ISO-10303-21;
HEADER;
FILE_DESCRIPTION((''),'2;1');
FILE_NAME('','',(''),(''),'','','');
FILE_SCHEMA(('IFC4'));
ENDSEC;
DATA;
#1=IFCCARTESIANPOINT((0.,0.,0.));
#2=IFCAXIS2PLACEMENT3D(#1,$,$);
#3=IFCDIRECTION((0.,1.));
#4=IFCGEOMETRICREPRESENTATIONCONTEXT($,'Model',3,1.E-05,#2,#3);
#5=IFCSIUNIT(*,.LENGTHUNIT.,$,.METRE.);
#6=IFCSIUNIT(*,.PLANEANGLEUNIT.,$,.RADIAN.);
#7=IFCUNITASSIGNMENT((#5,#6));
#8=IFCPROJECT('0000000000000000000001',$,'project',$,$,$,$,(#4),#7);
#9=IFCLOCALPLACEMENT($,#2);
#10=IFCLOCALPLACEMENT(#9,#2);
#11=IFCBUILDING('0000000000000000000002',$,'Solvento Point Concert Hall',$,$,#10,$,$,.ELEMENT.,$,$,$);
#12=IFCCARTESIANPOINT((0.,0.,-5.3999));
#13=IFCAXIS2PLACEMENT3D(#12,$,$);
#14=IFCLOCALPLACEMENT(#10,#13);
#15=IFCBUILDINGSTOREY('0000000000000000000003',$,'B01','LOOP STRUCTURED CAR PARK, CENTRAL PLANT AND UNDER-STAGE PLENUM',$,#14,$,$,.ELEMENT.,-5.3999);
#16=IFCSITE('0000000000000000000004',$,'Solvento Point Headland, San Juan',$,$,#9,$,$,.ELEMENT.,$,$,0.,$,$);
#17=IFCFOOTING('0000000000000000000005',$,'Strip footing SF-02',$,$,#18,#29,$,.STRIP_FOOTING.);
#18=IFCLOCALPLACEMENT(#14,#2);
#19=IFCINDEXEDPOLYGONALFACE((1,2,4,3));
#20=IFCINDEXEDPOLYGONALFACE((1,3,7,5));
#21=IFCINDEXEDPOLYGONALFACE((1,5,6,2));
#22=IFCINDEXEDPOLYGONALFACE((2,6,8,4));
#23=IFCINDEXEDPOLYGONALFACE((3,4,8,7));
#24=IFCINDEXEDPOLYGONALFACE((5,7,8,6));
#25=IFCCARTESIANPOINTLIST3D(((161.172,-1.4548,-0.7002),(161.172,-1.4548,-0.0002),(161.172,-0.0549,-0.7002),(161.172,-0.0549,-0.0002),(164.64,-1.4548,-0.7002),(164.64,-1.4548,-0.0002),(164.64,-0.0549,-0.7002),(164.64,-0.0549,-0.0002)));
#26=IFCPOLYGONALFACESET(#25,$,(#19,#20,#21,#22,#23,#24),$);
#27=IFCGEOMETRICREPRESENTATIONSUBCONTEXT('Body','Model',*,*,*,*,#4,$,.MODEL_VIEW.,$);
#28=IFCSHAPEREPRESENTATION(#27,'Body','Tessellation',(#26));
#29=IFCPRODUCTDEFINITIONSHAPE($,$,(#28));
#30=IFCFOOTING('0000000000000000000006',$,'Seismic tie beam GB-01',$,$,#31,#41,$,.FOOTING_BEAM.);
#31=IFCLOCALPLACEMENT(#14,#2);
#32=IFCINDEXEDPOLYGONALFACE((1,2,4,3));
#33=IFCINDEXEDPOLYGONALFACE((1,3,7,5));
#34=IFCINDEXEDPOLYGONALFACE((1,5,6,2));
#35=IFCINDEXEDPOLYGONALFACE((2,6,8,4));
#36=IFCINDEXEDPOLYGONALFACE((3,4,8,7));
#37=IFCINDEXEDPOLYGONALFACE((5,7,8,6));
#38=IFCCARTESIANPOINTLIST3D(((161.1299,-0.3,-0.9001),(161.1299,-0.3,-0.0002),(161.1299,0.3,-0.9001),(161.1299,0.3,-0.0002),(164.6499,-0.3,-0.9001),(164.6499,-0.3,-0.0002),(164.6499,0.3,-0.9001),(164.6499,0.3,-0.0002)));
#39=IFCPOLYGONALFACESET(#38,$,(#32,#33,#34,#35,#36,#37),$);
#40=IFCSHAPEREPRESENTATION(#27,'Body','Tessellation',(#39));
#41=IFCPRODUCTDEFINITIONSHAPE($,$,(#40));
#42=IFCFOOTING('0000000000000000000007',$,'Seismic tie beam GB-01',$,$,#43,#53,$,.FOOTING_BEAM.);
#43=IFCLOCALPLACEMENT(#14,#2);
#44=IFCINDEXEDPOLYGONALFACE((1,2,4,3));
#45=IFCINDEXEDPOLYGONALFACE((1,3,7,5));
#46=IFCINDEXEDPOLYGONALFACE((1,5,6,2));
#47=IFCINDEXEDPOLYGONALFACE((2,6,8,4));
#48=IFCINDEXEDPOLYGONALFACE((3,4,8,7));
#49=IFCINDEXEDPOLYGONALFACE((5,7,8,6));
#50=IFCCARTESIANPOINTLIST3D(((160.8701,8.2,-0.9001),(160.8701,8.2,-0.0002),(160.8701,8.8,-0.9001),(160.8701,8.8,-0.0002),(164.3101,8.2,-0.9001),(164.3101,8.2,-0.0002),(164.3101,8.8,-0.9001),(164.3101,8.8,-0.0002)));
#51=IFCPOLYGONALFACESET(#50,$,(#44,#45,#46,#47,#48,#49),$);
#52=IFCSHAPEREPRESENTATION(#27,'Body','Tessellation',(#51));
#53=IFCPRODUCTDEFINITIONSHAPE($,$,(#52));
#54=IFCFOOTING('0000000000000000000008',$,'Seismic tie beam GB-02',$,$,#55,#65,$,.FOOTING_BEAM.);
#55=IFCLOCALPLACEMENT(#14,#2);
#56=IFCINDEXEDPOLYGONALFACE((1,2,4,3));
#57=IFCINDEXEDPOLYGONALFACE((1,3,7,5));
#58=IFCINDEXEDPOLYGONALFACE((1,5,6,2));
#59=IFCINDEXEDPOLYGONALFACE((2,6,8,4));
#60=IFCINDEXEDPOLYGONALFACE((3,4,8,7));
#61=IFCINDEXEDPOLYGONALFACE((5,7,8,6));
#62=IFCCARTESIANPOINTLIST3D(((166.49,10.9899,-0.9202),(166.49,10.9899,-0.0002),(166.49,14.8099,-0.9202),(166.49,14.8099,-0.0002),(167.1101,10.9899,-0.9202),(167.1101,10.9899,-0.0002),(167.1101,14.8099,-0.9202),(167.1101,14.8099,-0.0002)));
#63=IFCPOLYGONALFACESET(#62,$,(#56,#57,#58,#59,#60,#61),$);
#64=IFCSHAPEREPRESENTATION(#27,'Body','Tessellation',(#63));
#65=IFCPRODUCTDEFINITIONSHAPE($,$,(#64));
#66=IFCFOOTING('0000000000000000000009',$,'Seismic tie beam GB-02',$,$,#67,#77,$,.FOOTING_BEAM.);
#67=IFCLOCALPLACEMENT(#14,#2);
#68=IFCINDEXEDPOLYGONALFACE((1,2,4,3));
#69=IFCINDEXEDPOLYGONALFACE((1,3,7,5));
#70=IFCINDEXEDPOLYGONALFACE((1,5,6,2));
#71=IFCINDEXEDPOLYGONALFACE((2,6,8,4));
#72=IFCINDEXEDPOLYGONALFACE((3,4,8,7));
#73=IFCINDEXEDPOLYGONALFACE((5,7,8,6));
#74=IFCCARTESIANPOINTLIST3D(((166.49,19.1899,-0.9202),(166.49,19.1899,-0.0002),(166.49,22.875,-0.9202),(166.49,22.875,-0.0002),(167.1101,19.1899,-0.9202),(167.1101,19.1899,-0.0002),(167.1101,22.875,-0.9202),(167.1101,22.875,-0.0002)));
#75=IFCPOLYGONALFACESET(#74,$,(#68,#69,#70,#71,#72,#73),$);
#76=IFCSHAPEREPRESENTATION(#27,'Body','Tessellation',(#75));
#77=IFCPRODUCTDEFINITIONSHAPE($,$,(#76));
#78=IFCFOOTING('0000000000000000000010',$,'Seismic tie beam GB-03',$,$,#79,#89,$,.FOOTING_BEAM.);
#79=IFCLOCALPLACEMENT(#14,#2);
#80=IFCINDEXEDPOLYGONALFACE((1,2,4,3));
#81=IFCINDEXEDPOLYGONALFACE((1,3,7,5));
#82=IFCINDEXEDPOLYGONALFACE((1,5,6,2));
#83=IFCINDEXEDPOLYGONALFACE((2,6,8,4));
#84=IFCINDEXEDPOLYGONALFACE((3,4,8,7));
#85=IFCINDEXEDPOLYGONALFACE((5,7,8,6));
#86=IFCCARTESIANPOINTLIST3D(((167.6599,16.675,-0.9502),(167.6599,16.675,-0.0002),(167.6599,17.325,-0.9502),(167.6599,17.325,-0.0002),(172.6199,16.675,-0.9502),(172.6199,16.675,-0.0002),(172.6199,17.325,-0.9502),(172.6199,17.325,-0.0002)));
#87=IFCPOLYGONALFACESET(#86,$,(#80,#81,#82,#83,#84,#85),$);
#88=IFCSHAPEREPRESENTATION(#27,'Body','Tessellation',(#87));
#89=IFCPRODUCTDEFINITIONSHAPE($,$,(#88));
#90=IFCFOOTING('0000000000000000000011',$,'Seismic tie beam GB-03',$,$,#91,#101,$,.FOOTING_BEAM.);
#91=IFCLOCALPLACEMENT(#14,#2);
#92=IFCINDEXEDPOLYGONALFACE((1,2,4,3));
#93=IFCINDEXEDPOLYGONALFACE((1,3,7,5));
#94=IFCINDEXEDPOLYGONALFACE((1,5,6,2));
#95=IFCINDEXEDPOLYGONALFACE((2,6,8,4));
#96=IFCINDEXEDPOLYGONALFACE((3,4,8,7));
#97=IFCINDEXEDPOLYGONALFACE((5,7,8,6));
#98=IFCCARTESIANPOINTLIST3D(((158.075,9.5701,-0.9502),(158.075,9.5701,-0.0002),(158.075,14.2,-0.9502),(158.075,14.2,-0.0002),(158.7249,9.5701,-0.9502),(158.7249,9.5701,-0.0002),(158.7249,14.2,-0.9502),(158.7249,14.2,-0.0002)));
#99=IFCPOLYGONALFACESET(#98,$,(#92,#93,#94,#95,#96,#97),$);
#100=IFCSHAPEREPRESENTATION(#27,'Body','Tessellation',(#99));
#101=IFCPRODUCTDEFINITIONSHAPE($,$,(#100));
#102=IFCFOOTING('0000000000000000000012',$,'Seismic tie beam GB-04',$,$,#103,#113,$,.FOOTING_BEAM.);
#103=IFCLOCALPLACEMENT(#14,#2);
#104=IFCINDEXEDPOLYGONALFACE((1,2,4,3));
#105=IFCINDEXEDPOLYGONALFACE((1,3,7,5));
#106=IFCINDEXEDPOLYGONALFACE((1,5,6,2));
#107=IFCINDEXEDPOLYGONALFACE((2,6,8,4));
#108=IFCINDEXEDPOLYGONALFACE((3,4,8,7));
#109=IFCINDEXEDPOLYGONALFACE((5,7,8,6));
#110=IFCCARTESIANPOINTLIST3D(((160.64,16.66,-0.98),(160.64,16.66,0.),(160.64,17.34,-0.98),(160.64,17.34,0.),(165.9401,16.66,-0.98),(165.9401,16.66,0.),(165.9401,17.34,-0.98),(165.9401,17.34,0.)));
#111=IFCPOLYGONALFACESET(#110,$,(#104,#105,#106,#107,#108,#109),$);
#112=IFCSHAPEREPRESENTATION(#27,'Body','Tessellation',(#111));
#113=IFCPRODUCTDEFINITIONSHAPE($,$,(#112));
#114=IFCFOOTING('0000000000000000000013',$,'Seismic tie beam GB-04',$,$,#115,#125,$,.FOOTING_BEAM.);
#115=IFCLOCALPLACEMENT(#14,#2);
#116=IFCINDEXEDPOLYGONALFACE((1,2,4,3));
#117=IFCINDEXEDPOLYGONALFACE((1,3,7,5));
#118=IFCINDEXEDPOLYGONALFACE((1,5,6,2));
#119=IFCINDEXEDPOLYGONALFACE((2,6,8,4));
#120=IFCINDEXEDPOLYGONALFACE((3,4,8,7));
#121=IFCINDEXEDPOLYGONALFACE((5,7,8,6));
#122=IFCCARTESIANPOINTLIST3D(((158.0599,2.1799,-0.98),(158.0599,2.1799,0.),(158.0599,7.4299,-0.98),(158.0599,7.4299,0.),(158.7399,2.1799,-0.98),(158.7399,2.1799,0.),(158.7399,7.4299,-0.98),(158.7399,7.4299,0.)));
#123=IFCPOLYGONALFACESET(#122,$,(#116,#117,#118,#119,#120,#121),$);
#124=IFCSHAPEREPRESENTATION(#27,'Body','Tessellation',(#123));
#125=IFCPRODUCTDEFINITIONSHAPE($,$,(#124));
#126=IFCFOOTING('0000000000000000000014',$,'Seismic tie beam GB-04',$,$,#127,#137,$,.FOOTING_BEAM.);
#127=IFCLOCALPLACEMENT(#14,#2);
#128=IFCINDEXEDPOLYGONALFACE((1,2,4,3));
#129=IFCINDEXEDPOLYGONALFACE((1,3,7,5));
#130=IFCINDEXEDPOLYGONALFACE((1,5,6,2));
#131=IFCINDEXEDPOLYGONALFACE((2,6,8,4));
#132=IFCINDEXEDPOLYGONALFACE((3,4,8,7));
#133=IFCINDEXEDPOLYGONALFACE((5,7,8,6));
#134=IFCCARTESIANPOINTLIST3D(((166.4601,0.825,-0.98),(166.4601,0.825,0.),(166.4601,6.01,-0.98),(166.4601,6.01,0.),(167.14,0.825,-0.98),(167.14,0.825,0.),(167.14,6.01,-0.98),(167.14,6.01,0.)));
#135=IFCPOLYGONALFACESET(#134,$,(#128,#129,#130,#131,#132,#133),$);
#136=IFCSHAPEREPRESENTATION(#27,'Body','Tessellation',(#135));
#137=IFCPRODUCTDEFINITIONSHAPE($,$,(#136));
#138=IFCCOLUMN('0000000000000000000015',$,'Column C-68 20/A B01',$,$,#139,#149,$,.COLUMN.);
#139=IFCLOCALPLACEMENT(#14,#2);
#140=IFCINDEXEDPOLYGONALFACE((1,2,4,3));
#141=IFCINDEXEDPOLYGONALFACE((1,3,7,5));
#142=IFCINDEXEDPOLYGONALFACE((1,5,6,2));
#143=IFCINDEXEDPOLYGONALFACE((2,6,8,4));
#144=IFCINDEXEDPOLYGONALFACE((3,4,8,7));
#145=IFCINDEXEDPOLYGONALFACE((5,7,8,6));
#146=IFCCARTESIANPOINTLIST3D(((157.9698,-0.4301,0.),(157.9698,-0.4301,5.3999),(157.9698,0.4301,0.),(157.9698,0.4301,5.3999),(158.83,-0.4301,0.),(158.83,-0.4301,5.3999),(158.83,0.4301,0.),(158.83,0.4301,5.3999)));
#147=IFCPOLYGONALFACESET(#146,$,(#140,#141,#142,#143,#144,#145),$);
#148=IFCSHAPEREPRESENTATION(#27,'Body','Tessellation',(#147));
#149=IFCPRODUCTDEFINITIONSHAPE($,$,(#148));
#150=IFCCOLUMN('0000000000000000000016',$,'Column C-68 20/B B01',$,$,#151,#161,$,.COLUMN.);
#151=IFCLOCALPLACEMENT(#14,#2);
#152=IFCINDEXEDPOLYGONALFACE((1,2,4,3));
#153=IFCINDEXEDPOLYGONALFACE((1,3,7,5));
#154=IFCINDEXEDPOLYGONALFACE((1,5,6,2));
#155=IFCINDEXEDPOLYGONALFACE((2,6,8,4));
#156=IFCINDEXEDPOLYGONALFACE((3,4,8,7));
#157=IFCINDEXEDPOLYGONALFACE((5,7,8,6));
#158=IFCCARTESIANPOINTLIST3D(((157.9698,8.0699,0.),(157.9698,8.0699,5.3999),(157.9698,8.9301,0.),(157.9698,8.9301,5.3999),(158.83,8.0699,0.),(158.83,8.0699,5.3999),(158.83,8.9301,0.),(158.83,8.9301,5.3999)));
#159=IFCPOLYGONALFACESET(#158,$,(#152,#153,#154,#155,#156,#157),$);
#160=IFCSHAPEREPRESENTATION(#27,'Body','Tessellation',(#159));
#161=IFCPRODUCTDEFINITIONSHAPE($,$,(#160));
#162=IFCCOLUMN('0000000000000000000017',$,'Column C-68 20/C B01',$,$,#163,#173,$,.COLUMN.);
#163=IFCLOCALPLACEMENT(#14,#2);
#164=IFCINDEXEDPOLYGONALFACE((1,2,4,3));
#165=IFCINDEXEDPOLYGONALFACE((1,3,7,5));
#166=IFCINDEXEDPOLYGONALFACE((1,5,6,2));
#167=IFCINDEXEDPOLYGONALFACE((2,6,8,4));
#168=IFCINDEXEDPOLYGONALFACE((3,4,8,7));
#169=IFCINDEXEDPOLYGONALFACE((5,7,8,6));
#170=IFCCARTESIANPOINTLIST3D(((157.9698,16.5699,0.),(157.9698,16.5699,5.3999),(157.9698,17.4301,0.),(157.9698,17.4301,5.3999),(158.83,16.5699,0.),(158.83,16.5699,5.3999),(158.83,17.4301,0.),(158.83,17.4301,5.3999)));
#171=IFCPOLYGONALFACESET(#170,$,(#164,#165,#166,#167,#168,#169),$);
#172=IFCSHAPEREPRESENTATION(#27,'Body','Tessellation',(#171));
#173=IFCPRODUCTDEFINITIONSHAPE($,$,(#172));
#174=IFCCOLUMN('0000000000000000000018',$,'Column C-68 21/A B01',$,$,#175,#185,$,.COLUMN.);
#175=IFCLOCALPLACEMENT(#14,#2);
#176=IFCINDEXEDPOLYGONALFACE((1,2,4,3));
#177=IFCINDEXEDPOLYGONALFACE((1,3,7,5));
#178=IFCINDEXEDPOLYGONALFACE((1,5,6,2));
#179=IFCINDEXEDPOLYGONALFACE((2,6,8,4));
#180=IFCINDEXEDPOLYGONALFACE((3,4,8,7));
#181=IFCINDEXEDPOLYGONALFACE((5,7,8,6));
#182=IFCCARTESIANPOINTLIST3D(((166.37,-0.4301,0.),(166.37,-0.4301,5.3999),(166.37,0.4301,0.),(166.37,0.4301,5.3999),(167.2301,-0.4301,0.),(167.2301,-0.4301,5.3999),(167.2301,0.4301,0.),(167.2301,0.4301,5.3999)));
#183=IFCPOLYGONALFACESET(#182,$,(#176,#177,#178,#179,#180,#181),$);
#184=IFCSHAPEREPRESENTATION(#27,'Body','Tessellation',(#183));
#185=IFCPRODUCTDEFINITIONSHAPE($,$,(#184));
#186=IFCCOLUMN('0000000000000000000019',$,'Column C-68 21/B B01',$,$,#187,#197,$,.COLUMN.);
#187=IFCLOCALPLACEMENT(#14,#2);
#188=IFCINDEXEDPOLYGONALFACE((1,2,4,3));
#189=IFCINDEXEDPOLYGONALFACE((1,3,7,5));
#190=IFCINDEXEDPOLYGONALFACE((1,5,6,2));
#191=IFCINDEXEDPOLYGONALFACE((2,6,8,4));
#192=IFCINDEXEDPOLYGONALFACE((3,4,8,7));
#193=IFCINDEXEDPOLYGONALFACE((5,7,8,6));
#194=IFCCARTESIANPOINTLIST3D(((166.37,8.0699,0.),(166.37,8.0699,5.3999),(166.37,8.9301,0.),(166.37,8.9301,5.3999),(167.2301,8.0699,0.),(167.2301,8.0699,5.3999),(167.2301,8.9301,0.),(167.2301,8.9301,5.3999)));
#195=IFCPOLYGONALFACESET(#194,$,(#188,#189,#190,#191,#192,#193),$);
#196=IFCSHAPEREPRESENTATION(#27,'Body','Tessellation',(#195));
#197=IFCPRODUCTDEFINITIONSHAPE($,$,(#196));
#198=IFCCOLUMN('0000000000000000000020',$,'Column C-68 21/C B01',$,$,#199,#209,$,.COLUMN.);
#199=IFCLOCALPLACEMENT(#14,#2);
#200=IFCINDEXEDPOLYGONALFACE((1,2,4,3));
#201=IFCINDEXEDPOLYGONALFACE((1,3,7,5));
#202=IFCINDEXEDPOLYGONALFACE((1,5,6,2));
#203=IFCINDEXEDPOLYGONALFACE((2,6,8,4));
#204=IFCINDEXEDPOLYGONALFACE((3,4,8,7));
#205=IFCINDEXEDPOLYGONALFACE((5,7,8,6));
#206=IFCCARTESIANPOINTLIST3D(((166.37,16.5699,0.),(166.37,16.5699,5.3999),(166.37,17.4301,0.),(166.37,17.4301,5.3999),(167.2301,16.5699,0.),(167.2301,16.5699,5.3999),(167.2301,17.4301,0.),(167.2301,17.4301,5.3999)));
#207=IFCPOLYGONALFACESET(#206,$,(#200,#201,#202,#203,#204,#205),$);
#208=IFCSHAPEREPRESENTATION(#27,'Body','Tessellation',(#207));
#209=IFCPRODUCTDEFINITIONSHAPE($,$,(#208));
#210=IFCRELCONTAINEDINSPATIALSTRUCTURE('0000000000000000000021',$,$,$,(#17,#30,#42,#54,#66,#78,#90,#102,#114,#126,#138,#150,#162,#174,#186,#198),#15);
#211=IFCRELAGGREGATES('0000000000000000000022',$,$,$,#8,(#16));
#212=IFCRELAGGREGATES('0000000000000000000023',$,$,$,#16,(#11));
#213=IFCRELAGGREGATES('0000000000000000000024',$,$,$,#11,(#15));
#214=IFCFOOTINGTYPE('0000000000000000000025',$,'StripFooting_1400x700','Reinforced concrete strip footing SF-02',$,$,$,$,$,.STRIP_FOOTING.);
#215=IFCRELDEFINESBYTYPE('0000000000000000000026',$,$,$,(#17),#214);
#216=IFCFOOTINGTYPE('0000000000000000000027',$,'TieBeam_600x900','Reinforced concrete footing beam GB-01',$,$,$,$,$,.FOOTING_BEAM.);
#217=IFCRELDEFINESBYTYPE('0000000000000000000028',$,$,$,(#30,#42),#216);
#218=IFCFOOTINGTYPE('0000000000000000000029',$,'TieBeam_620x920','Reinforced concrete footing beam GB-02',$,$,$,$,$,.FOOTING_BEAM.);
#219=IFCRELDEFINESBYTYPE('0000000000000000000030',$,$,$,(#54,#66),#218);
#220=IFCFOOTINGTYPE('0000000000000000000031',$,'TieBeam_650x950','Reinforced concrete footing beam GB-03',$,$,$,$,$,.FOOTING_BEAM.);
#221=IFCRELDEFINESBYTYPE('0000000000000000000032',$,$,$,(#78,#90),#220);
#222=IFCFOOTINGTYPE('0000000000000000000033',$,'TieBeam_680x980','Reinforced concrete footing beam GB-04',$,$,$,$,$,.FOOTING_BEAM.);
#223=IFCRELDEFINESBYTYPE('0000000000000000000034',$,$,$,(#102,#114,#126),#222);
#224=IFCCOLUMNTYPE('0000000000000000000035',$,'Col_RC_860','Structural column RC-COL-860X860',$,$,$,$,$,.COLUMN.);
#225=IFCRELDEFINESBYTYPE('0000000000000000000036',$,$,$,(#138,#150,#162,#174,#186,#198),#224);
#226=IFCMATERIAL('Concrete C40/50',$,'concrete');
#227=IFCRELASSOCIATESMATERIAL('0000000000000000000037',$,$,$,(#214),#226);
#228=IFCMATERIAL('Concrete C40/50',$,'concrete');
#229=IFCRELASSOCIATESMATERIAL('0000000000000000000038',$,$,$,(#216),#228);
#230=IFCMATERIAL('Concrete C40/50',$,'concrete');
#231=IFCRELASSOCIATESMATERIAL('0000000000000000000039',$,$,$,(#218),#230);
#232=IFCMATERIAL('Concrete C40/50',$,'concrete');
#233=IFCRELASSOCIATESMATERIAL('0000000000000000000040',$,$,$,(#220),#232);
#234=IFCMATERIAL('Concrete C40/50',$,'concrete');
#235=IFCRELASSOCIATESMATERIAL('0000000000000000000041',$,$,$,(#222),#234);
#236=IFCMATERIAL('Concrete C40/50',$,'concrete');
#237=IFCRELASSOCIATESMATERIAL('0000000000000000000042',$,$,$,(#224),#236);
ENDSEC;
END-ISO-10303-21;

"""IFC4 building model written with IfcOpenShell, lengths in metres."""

from ifc_helpers import new_model, si_unit, direction, frame, origin, origin_2d, place, context, subcontext, project, spatial, rectangle, extrude, material, material_profile, profile_set, type_object, element, save


model = new_model("IFC4")

# Units and contexts
model_context = context("Model", 3, precision=1e-05, world=origin(), true_north=direction((0.0, 1.0)))
body_context = subcontext(model_context, "Body", "Model", "MODEL_VIEW")
ifc_project = project(units=[si_unit("LENGTHUNIT", "METRE"), si_unit("PLANEANGLEUNIT", "RADIAN")], contexts=[model_context])

# Site, building, storey
site_placement = place(None, origin())
site = spatial("IfcSite", under=ifc_project, at=site_placement, Name="Solvento Point Headland, San Juan", CompositionType="ELEMENT", RefElevation=0.0)
building_placement = place(site_placement, origin())
building = spatial("IfcBuilding", under=site, at=building_placement, Name="Solvento Point Concert Hall", CompositionType="ELEMENT")
storey_placement = place(building_placement, frame((0.0, 0.0, -5.3999)))
storey = spatial("IfcBuildingStorey", under=building, at=storey_placement, Name="B01", Description="LOOP STRUCTURED CAR PARK, CENTRAL PLANT AND UNDER-STAGE PLENUM", CompositionType="ELEMENT", Elevation=-5.3999)

# Footings
ifc_material_1 = material(Name="Concrete C40/50", Category="concrete")
footing_type_1 = type_object("IfcFootingType", Name="StripFooting_1400x700", Description="Reinforced concrete strip footing SF-02", PredefinedType="STRIP_FOOTING", material=ifc_material_1)
footing_1_placement = place(storey_placement, frame((162.906, -0.7549, -0.7002), z_axis=(0.0, 0.0, 1.0), x_axis=(-1.0, 0.0, 0.0)))
element("IfcFooting", 1, at=footing_1_placement, inside=storey, type_object=footing_type_1, Name="Strip footing SF-02", PredefinedType="STRIP_FOOTING", context=body_context, shape_type="SweptSolid", body=[
    extrude(rectangle(XDim=3.468, YDim=1.3999, at=origin_2d()), origin(), (0.0, 0.0, 1.0), 0.7),
])
ifc_material_2 = material(Name="Concrete C40/50", Category="concrete")
footing_type_2 = type_object("IfcFootingType", Name="TieBeam_600x900", Description="Reinforced concrete footing beam GB-01", PredefinedType="FOOTING_BEAM", material=ifc_material_2)
footing_2_placement = place(storey_placement, frame((162.8899, 0.0, -0.9001), z_axis=(0.0, 0.0, 1.0), x_axis=(1.0, 0.0, 0.0)))
element("IfcFooting", 2, at=footing_2_placement, inside=storey, type_object=footing_type_2, Name="Seismic tie beam GB-01", PredefinedType="FOOTING_BEAM", context=body_context, shape_type="SweptSolid", body=[
    extrude(rectangle(XDim=3.52, YDim=0.6001, at=origin_2d()), origin(), (0.0, 0.0, 1.0), 0.8999),
])
footing_3_placement = place(storey_placement, frame((162.5901, 8.5, -0.9001), z_axis=(0.0, 0.0, 1.0), x_axis=(1.0, 0.0, 0.0)))
element("IfcFooting", 3, at=footing_3_placement, inside=storey, type_object=footing_type_2, Name="Seismic tie beam GB-01", PredefinedType="FOOTING_BEAM", context=body_context, shape_type="SweptSolid", body=[
    extrude(rectangle(XDim=3.4399, YDim=0.6001, at=origin_2d()), origin(), (0.0, 0.0, 1.0), 0.8999),
])
ifc_material_3 = material(Name="Concrete C40/50", Category="concrete")
footing_type_3 = type_object("IfcFootingType", Name="TieBeam_620x920", Description="Reinforced concrete footing beam GB-02", PredefinedType="FOOTING_BEAM", material=ifc_material_3)
footing_4_placement = place(storey_placement, frame((166.8, 12.8999, -0.9202), z_axis=(0.0, 0.0, 1.0), x_axis=(0.0, 1.0, 0.0)))
element("IfcFooting", 4, at=footing_4_placement, inside=storey, type_object=footing_type_3, Name="Seismic tie beam GB-02", PredefinedType="FOOTING_BEAM", context=body_context, shape_type="SweptSolid", body=[
    extrude(rectangle(XDim=3.8201, YDim=0.6201, at=origin_2d()), origin(), (0.0, 0.0, 1.0), 0.9199),
])
footing_5_placement = place(storey_placement, frame((166.8, 21.0325, -0.9202), z_axis=(0.0, 0.0, 1.0), x_axis=(0.0, 1.0, 0.0)))
element("IfcFooting", 5, at=footing_5_placement, inside=storey, type_object=footing_type_3, Name="Seismic tie beam GB-02", PredefinedType="FOOTING_BEAM", context=body_context, shape_type="SweptSolid", body=[
    extrude(rectangle(XDim=3.6851, YDim=0.6201, at=origin_2d()), origin(), (0.0, 0.0, 1.0), 0.9199),
])
ifc_material_4 = material(Name="Concrete C40/50", Category="concrete")
footing_type_4 = type_object("IfcFootingType", Name="TieBeam_650x950", Description="Reinforced concrete footing beam GB-03", PredefinedType="FOOTING_BEAM", material=ifc_material_4)
footing_6_placement = place(storey_placement, frame((170.1399, 17.0, -0.9502), z_axis=(0.0, 0.0, 1.0), x_axis=(1.0, 0.0, 0.0)))
element("IfcFooting", 6, at=footing_6_placement, inside=storey, type_object=footing_type_4, Name="Seismic tie beam GB-03", PredefinedType="FOOTING_BEAM", context=body_context, shape_type="SweptSolid", body=[
    extrude(rectangle(XDim=4.96, YDim=0.6499, at=origin_2d()), origin(), (0.0, 0.0, 1.0), 0.95),
])
footing_7_placement = place(storey_placement, frame((158.3999, 11.885, -0.9502), z_axis=(0.0, 0.0, 1.0), x_axis=(0.0, 1.0, 0.0)))
element("IfcFooting", 7, at=footing_7_placement, inside=storey, type_object=footing_type_4, Name="Seismic tie beam GB-03", PredefinedType="FOOTING_BEAM", context=body_context, shape_type="SweptSolid", body=[
    extrude(rectangle(XDim=4.6299, YDim=0.6499, at=origin_2d()), origin(), (0.0, 0.0, 1.0), 0.95),
])
ifc_material_5 = material(Name="Concrete C40/50", Category="concrete")
footing_type_5 = type_object("IfcFootingType", Name="TieBeam_680x980", Description="Reinforced concrete footing beam GB-04", PredefinedType="FOOTING_BEAM", material=ifc_material_5)
footing_8_placement = place(storey_placement, frame((163.29, 17.0, -0.98), z_axis=(0.0, 0.0, 1.0), x_axis=(1.0, 0.0, 0.0)))
element("IfcFooting", 8, at=footing_8_placement, inside=storey, type_object=footing_type_5, Name="Seismic tie beam GB-04", PredefinedType="FOOTING_BEAM", context=body_context, shape_type="SweptSolid", body=[
    extrude(rectangle(XDim=5.3, YDim=0.6799, at=origin_2d()), origin(), (0.0, 0.0, 1.0), 0.98),
])
footing_9_placement = place(storey_placement, frame((158.3999, 4.8049, -0.98), z_axis=(0.0, 0.0, 1.0), x_axis=(0.0, 1.0, 0.0)))
element("IfcFooting", 9, at=footing_9_placement, inside=storey, type_object=footing_type_5, Name="Seismic tie beam GB-04", PredefinedType="FOOTING_BEAM", context=body_context, shape_type="SweptSolid", body=[
    extrude(rectangle(XDim=5.25, YDim=0.6799, at=origin_2d()), origin(), (0.0, 0.0, 1.0), 0.98),
])
footing_10_placement = place(storey_placement, frame((166.8, 3.4175, -0.98), z_axis=(0.0, 0.0, 1.0), x_axis=(0.0, 1.0, 0.0)))
element("IfcFooting", 10, at=footing_10_placement, inside=storey, type_object=footing_type_5, Name="Seismic tie beam GB-04", PredefinedType="FOOTING_BEAM", context=body_context, shape_type="SweptSolid", body=[
    extrude(rectangle(XDim=5.1851, YDim=0.6799, at=origin_2d()), origin(), (0.0, 0.0, 1.0), 0.98),
])

# Columns
ifc_material_6 = material(Name="Concrete C40/50", Category="concrete")
ifc_material_profile_1 = material_profile(ifc_material_6, rectangle(XDim=0.8601, YDim=0.8601, at=origin_2d()), Name="RC-COL-860X860")
ifc_profile_set_1 = profile_set([ifc_material_profile_1], Name="Concrete C40/50")
column_type = type_object("IfcColumnType", Name="Col_RC_860", Description="Structural column RC-COL-860X860", PredefinedType="COLUMN", material=ifc_profile_set_1)
for number, where, z_axis, x_axis, name in (
    (11, (158.3999, 0.0, 0.0), (0.0, 0.0, 1.0), (1.0, 0.0, 0.0), "Column C-68 20/A B01"),
    (12, (158.3999, 8.5, 0.0), (0.0, 0.0, 1.0), (1.0, 0.0, 0.0), "Column C-68 20/B B01"),
    (13, (158.3999, 17.0, 0.0), (0.0, 0.0, 1.0), (1.0, 0.0, 0.0), "Column C-68 20/C B01"),
    (14, (166.8, 0.0, 0.0), (0.0, 0.0, 1.0), (1.0, 0.0, 0.0), "Column C-68 21/A B01"),
    (15, (166.8, 8.5, 0.0), (0.0, 0.0, 1.0), (1.0, 0.0, 0.0), "Column C-68 21/B B01"),
    (16, (166.8, 17.0, 0.0), (0.0, 0.0, 1.0), (1.0, 0.0, 0.0), "Column C-68 21/C B01"),
):
    element("IfcColumn", number, at=place(storey_placement, frame(where, z_axis=z_axis, x_axis=x_axis)), inside=storey, type_object=column_type, Name=name, PredefinedType="COLUMN", context=body_context, shape_type="SweptSolid", body=[
        extrude(rectangle(XDim=0.8601, YDim=0.8601, at=origin_2d()), origin(), (0.0, 0.0, 1.0), 5.3999),
    ])

save(model, "model.ifc")
